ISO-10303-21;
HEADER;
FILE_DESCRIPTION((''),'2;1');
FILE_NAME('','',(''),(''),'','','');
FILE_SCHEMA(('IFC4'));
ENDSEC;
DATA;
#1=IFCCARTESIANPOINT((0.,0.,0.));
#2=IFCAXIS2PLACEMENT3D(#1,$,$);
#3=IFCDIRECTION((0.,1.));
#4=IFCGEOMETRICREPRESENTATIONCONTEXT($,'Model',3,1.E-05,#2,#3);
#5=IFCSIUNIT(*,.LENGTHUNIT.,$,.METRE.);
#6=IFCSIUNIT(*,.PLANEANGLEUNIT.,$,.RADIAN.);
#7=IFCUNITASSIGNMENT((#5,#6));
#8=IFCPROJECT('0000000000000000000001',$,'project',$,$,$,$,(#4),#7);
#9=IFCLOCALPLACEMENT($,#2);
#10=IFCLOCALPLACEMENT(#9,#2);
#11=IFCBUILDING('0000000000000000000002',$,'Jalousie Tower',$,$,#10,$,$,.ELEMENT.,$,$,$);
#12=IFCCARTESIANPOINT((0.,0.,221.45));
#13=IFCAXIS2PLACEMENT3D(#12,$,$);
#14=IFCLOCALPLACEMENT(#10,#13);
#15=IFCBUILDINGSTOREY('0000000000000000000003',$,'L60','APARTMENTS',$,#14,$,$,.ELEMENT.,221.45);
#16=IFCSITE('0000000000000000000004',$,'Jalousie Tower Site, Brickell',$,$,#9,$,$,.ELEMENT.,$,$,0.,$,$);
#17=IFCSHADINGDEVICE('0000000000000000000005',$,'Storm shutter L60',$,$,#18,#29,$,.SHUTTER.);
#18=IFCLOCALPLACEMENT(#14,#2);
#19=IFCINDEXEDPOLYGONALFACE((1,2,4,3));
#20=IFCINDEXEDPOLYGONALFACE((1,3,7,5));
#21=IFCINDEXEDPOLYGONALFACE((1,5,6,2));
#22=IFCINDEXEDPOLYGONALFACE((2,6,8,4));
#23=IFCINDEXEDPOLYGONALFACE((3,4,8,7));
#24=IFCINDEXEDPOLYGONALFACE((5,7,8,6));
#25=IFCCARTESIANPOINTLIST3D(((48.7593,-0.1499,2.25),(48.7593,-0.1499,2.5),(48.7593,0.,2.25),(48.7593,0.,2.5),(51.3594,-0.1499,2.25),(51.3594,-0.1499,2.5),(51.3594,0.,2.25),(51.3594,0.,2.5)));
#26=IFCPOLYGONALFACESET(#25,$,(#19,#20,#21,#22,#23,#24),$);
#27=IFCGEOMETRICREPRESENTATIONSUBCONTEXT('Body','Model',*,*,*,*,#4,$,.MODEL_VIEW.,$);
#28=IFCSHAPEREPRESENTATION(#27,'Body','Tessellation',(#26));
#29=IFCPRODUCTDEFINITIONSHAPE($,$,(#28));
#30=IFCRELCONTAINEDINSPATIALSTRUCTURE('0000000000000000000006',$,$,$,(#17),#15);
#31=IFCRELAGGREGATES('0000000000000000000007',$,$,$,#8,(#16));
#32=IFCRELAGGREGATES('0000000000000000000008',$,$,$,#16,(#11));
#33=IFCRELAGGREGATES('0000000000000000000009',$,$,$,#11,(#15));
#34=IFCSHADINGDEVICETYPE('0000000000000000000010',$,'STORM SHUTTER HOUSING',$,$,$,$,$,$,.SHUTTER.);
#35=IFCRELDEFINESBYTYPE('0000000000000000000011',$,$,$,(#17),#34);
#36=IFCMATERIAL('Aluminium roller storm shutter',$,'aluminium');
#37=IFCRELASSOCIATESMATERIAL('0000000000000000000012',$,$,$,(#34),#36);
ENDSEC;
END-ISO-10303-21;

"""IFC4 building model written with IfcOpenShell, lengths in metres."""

from ifc_helpers import new_model, si_unit, direction, frame, origin, origin_2d, place, context, subcontext, project, spatial, rectangle, extrude, material, type_object, element, save


model = new_model("IFC4")

# Units and contexts
model_context = context("Model", 3, precision=1e-05, world=origin(), true_north=direction((0.0, 1.0)))
body_context = subcontext(model_context, "Body", "Model", "MODEL_VIEW")
ifc_project = project(units=[si_unit("LENGTHUNIT", "METRE"), si_unit("PLANEANGLEUNIT", "RADIAN")], contexts=[model_context])

# Site, building, storey
site_placement = place(None, origin())
site = spatial("IfcSite", under=ifc_project, at=site_placement, Name="Jalousie Tower Site, Brickell", CompositionType="ELEMENT", RefElevation=0.0)
building_placement = place(site_placement, origin())
building = spatial("IfcBuilding", under=site, at=building_placement, Name="Jalousie Tower", CompositionType="ELEMENT")
storey_placement = place(building_placement, frame((0.0, 0.0, 221.45)))
storey = spatial("IfcBuildingStorey", under=building, at=storey_placement, Name="L60", Description="APARTMENTS", CompositionType="ELEMENT", Elevation=221.45)

# Shading device
ifc_material_1 = material(Name="Aluminium roller storm shutter", Category="aluminium")
shading_device_type = type_object("IfcShadingDeviceType", Name="STORM SHUTTER HOUSING", PredefinedType="SHUTTER", material=ifc_material_1)
shading_device_placement = place(storey_placement, frame((50.0593, -0.075, 2.25), z_axis=(0.0, 0.0, 1.0), x_axis=(1.0, 0.0, 0.0)))
element("IfcShadingDevice", 1, at=shading_device_placement, inside=storey, type_object=shading_device_type, Name="Storm shutter L60", PredefinedType="SHUTTER", context=body_context, shape_type="SweptSolid", body=[
    extrude(rectangle(XDim=2.6001, YDim=0.1499, at=origin_2d()), origin(), (0.0, 0.0, 1.0), 0.25),
])

save(model, "model.ifc")
